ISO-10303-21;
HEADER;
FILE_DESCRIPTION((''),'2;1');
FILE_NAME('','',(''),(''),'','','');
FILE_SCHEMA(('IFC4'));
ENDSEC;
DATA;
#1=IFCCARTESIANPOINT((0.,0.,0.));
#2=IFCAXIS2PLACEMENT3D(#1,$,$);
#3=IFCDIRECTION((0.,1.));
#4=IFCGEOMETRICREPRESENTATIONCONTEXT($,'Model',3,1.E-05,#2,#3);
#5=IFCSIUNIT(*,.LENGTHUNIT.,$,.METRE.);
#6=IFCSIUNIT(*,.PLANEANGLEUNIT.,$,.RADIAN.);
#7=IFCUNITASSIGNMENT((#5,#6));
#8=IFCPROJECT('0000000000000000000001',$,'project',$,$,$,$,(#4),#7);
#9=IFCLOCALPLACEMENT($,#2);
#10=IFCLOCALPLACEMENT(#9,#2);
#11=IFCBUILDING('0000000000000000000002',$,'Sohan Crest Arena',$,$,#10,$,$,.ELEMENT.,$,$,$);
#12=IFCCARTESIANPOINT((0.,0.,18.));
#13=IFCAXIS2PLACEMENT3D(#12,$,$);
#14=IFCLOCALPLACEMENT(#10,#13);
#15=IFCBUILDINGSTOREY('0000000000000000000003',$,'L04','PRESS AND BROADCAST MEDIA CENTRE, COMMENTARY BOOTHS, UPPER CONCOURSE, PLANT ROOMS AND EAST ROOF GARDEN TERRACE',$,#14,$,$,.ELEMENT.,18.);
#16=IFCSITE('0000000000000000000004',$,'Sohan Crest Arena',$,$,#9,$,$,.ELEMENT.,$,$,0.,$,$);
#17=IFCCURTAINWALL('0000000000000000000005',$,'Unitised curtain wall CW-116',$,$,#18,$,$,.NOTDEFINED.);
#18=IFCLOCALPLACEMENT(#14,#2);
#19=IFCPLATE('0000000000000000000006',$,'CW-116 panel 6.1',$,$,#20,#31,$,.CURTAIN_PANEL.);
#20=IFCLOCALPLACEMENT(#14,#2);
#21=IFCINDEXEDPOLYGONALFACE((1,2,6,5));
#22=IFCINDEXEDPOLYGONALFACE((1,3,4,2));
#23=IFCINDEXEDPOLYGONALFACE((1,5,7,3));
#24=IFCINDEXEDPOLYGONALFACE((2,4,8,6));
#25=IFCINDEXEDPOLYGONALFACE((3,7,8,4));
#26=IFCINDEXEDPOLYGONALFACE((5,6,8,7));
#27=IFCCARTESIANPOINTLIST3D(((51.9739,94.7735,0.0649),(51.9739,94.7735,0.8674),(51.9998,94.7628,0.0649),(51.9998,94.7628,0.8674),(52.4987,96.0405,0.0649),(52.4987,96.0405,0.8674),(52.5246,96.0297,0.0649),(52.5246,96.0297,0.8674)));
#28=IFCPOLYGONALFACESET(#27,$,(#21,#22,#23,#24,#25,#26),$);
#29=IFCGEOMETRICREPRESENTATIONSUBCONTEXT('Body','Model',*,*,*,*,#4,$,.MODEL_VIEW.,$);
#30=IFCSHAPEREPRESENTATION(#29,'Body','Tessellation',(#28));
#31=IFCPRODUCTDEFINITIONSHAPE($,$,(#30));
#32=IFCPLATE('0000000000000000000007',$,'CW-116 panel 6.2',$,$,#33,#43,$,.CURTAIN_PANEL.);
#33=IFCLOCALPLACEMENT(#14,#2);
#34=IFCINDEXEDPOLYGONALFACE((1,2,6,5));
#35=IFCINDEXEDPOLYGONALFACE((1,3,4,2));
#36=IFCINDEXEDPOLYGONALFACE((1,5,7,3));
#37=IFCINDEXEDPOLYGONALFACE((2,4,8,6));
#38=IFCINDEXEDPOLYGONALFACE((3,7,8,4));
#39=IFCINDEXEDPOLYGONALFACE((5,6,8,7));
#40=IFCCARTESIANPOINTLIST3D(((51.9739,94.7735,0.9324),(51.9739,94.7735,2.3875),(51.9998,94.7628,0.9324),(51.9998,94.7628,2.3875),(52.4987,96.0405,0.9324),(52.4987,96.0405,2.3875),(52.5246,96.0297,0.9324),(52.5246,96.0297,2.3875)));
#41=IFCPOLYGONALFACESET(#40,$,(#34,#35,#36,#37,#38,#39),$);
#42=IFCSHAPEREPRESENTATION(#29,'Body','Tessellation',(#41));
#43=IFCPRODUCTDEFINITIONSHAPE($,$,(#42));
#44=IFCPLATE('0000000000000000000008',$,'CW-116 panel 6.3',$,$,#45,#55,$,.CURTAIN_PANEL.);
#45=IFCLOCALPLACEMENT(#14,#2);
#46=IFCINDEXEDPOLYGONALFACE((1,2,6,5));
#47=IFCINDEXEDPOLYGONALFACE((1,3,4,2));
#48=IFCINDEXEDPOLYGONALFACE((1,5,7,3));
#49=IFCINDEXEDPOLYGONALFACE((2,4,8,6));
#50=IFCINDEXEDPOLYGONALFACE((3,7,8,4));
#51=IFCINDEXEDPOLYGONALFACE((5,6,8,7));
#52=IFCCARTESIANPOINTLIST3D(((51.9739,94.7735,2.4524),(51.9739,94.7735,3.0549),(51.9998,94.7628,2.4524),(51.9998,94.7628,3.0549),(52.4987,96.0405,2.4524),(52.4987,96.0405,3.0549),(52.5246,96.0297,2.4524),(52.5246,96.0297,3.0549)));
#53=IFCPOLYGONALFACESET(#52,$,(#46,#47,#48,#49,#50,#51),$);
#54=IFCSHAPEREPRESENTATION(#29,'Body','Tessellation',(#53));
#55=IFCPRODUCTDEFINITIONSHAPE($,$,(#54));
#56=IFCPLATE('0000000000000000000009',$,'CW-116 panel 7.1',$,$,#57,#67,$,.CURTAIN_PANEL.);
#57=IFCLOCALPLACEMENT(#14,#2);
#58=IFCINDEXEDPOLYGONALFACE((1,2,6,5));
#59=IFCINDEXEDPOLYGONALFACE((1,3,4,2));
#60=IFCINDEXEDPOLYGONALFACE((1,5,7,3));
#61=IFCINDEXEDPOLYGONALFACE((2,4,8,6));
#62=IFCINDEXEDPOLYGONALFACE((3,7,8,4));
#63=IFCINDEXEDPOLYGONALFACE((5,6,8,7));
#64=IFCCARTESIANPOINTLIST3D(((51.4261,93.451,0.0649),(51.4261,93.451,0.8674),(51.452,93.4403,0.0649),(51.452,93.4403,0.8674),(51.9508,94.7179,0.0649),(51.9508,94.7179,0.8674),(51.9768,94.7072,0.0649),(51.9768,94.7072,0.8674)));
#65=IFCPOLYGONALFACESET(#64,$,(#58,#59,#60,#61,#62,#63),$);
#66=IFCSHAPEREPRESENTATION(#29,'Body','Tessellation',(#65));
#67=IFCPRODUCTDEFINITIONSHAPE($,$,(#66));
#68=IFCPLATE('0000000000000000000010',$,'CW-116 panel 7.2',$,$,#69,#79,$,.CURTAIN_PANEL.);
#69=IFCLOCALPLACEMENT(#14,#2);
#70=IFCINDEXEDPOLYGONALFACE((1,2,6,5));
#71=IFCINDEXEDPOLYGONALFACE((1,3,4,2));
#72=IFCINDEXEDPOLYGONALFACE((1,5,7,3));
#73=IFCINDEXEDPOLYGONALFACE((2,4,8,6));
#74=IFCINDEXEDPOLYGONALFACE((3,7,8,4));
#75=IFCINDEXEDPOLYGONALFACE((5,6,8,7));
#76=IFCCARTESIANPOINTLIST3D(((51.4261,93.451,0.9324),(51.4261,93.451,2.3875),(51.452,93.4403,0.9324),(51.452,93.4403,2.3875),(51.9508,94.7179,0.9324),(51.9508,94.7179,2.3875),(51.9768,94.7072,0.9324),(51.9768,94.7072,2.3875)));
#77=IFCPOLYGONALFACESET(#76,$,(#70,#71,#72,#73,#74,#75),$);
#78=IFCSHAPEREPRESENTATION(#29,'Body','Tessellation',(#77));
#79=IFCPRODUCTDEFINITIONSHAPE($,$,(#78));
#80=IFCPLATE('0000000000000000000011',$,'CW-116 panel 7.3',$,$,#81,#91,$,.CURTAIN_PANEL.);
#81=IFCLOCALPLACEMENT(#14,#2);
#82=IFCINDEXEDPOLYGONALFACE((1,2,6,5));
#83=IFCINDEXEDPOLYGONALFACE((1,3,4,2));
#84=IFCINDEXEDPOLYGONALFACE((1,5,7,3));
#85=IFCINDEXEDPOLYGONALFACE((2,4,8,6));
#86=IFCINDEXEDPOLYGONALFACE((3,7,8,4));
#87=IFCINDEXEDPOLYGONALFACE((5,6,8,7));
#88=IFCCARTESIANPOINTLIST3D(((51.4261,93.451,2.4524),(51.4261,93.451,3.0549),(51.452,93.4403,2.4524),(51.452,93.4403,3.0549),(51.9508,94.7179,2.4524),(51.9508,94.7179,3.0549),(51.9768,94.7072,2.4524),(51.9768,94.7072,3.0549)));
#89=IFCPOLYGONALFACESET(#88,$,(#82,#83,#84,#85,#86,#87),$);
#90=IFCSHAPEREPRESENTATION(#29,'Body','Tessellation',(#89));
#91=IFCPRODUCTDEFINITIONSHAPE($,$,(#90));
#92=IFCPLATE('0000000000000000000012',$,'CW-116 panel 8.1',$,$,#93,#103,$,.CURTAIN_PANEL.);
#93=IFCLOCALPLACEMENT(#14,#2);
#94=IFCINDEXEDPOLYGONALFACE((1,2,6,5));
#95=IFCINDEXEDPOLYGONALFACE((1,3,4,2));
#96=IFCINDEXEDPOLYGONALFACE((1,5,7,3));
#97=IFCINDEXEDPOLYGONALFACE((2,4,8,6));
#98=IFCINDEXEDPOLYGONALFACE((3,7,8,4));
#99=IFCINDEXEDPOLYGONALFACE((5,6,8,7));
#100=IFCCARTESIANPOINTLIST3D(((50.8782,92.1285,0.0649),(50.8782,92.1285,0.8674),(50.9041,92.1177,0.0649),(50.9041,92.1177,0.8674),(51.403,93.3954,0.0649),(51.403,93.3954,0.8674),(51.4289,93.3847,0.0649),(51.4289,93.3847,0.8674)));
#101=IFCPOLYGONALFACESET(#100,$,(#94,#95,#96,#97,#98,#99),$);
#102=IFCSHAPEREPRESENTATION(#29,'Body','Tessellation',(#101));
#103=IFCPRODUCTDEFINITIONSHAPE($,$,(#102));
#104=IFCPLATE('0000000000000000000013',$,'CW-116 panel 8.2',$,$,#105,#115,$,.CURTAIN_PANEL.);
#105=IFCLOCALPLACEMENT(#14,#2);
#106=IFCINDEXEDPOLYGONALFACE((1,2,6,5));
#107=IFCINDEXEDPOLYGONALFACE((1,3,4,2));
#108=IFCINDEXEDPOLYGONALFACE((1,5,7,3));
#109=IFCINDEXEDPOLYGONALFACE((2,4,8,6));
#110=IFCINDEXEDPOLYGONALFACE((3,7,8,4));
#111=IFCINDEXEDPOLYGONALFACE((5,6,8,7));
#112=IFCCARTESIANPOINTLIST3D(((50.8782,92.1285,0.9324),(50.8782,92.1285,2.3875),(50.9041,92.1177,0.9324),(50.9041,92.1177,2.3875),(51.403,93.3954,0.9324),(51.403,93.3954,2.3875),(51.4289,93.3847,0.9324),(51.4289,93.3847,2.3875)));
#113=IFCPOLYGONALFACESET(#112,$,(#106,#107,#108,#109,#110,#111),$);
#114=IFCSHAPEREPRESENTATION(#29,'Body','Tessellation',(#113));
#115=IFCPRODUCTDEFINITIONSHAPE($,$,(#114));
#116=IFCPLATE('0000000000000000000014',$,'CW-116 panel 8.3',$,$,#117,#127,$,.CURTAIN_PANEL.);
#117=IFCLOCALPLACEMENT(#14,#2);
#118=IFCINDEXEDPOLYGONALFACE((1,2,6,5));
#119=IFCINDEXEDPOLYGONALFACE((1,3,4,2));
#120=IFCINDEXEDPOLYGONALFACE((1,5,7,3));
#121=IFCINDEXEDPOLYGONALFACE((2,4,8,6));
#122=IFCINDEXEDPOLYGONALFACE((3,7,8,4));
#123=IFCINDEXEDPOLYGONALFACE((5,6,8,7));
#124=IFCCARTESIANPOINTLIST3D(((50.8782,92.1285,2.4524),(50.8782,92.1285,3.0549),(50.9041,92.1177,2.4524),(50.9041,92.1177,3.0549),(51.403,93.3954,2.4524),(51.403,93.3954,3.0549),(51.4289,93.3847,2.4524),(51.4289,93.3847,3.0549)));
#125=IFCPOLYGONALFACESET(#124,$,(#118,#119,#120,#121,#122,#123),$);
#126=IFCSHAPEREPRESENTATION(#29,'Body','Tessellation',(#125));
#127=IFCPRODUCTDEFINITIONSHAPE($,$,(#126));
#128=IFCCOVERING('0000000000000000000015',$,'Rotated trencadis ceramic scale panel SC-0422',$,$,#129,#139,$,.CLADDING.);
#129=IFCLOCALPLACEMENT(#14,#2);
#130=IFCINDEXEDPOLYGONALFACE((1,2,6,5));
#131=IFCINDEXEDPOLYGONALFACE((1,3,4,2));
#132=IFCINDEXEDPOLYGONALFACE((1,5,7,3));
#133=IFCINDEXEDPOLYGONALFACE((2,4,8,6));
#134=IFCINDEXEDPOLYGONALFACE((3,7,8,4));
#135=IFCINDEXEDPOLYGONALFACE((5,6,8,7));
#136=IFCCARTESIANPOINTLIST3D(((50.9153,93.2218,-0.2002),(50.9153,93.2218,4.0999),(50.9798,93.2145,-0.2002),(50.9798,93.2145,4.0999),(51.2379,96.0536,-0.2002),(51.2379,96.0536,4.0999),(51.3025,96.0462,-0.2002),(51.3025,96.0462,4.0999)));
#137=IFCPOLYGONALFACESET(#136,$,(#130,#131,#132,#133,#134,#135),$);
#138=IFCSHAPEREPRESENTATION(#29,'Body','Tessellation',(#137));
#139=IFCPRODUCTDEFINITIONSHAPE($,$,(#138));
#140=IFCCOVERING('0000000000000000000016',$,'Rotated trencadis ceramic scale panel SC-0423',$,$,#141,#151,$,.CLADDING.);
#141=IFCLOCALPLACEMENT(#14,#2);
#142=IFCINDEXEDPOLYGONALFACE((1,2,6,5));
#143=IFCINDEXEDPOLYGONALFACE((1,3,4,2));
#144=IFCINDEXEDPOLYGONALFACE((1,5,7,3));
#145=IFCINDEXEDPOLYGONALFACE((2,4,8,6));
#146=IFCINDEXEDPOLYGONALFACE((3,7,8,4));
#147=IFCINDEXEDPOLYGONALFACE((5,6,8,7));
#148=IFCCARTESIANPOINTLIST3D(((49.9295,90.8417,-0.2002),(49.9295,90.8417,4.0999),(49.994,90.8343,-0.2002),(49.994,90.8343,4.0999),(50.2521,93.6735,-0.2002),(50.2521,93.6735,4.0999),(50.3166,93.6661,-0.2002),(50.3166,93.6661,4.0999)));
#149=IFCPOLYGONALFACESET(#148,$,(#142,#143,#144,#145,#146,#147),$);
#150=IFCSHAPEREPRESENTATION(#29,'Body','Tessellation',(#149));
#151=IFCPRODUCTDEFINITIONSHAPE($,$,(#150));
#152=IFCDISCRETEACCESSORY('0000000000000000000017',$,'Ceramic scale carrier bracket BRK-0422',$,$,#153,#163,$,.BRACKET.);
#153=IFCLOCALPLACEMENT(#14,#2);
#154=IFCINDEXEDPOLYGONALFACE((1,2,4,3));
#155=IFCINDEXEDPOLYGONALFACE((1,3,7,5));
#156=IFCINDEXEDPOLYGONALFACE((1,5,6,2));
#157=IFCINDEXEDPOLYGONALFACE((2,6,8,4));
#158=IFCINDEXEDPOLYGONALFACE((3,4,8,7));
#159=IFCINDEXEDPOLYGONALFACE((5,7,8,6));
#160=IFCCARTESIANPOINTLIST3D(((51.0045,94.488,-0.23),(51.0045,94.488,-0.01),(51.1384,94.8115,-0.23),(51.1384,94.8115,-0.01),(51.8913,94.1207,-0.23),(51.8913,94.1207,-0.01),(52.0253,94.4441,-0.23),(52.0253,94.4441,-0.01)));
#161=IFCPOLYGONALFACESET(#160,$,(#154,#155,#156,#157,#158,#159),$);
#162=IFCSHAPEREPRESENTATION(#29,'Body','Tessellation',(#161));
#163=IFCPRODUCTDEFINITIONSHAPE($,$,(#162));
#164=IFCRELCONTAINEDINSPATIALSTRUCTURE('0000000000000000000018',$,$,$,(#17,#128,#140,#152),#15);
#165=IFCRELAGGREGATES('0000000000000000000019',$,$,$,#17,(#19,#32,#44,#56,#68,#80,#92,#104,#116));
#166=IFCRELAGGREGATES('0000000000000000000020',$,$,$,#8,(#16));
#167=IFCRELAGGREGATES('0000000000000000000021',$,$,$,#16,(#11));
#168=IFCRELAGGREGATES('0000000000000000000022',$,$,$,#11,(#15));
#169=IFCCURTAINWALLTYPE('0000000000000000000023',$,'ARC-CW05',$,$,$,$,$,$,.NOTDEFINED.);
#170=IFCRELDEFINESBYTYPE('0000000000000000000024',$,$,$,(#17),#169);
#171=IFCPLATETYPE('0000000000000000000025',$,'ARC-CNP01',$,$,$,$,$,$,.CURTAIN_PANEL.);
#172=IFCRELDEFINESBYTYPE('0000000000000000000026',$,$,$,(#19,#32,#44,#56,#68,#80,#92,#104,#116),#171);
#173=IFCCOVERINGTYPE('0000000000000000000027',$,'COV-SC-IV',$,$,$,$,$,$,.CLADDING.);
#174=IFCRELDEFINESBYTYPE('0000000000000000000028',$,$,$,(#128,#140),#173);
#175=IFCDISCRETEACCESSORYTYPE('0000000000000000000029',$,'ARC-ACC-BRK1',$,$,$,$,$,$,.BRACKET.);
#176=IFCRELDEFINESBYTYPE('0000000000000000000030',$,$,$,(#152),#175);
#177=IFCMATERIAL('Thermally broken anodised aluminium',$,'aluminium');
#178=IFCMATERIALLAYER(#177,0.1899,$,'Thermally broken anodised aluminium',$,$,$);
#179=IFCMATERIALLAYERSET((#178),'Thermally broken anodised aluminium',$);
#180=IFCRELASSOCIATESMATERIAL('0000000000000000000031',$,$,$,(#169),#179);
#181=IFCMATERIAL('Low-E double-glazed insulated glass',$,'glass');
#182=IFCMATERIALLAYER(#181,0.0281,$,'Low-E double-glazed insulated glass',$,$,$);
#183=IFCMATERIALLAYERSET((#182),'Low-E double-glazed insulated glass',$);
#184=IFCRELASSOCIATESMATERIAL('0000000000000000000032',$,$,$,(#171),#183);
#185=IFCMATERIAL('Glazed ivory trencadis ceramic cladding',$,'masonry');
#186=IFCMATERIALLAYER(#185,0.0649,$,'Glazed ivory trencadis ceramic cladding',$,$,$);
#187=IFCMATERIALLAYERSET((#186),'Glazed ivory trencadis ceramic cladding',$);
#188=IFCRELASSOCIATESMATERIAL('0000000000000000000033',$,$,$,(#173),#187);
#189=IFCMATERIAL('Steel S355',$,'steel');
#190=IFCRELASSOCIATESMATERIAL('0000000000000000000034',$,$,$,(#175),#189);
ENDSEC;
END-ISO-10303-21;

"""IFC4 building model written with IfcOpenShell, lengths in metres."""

from ifc_helpers import new_model, si_unit, direction, frame, origin, origin_2d, place, context, subcontext, project, spatial, rectangle, extrude, material, layer, layer_set, type_object, element, aggregate, save


model = new_model("IFC4")

# Units and contexts
model_context = context("Model", 3, precision=1e-05, world=origin(), true_north=direction((0.0, 1.0)))
body_context = subcontext(model_context, "Body", "Model", "MODEL_VIEW")
ifc_project = project(units=[si_unit("LENGTHUNIT", "METRE"), si_unit("PLANEANGLEUNIT", "RADIAN")], contexts=[model_context])

# Site, building, storey
site_placement = place(None, origin())
site = spatial("IfcSite", under=ifc_project, at=site_placement, Name="Sohan Crest Arena", CompositionType="ELEMENT", RefElevation=0.0)
building_placement = place(site_placement, origin())
building = spatial("IfcBuilding", under=site, at=building_placement, Name="Sohan Crest Arena", CompositionType="ELEMENT")
storey_placement = place(building_placement, frame((0.0, 0.0, 18.0)))
storey = spatial("IfcBuildingStorey", under=building, at=storey_placement, Name="L04", Description="PRESS AND BROADCAST MEDIA CENTRE, COMMENTARY BOOTHS, UPPER CONCOURSE, PLANT ROOMS AND EAST ROOF GARDEN TERRACE", CompositionType="ELEMENT", Elevation=18.0)

# Curtain wall, plates
ifc_material_1 = material(Name="Thermally broken anodised aluminium", Category="aluminium")
ifc_layer_1 = layer(ifc_material_1, 0.1899, Name="Thermally broken anodised aluminium")
ifc_layer_set_1 = layer_set([ifc_layer_1], Name="Thermally broken anodised aluminium")
curtain_wall_type = type_object("IfcCurtainWallType", Name="ARC-CW05", PredefinedType="NOTDEFINED", material=ifc_layer_set_1)
curtain_wall_placement = place(storey_placement, origin())
curtain_wall = element("IfcCurtainWall", 1, at=curtain_wall_placement, inside=storey, type_object=curtain_wall_type, Name="Unitised curtain wall CW-116", PredefinedType="NOTDEFINED")
ifc_material_2 = material(Name="Low-E double-glazed insulated glass", Category="glass")
ifc_layer_2 = layer(ifc_material_2, 0.0281, Name="Low-E double-glazed insulated glass")
ifc_layer_set_2 = layer_set([ifc_layer_2], Name="Low-E double-glazed insulated glass")
plate_type = type_object("IfcPlateType", Name="ARC-CNP01", PredefinedType="CURTAIN_PANEL", material=ifc_layer_set_2)
plate_1_placement = place(storey_placement, frame((52.2493, 95.4016, 0.0649), z_axis=(0.0, 0.0, 1.0), x_axis=(-0.382685, -0.923879, 0.0)))
plate_1 = element("IfcPlate", 2, at=plate_1_placement, type_object=plate_type, Name="CW-116 panel 6.1", PredefinedType="CURTAIN_PANEL", context=body_context, shape_type="SweptSolid", body=[
    extrude(rectangle(XDim=1.3713, YDim=0.0281, at=origin_2d()), origin(), (0.0, 0.0, 1.0), 0.8025),
])
plate_2_placement = place(storey_placement, frame((52.2493, 95.4016, 0.9324), z_axis=(0.0, 0.0, 1.0), x_axis=(-0.382685, -0.923879, 0.0)))
plate_2 = element("IfcPlate", 3, at=plate_2_placement, type_object=plate_type, Name="CW-116 panel 6.2", PredefinedType="CURTAIN_PANEL", context=body_context, shape_type="SweptSolid", body=[
    extrude(rectangle(XDim=1.3713, YDim=0.0281, at=origin_2d()), origin(), (0.0, 0.0, 1.0), 1.4551),
])
plate_3_placement = place(storey_placement, frame((52.2493, 95.4016, 2.4524), z_axis=(0.0, 0.0, 1.0), x_axis=(-0.382685, -0.923879, 0.0)))
plate_3 = element("IfcPlate", 4, at=plate_3_placement, type_object=plate_type, Name="CW-116 panel 6.3", PredefinedType="CURTAIN_PANEL", context=body_context, shape_type="SweptSolid", body=[
    extrude(rectangle(XDim=1.3713, YDim=0.0281, at=origin_2d()), origin(), (0.0, 0.0, 1.0), 0.6025),
])
plate_4_placement = place(storey_placement, frame((51.7014, 94.0791, 0.0649), z_axis=(0.0, 0.0, 1.0), x_axis=(-0.382685, -0.923879, 0.0)))
plate_4 = element("IfcPlate", 5, at=plate_4_placement, type_object=plate_type, Name="CW-116 panel 7.1", PredefinedType="CURTAIN_PANEL", context=body_context, shape_type="SweptSolid", body=[
    extrude(rectangle(XDim=1.3713, YDim=0.0281, at=origin_2d()), origin(), (0.0, 0.0, 1.0), 0.8025),
])
plate_5_placement = place(storey_placement, frame((51.7014, 94.0791, 0.9324), z_axis=(0.0, 0.0, 1.0), x_axis=(-0.382685, -0.923879, 0.0)))
plate_5 = element("IfcPlate", 6, at=plate_5_placement, type_object=plate_type, Name="CW-116 panel 7.2", PredefinedType="CURTAIN_PANEL", context=body_context, shape_type="SweptSolid", body=[
    extrude(rectangle(XDim=1.3713, YDim=0.0281, at=origin_2d()), origin(), (0.0, 0.0, 1.0), 1.4551),
])
plate_6_placement = place(storey_placement, frame((51.7014, 94.0791, 2.4524), z_axis=(0.0, 0.0, 1.0), x_axis=(-0.382685, -0.923879, 0.0)))
plate_6 = element("IfcPlate", 7, at=plate_6_placement, type_object=plate_type, Name="CW-116 panel 7.3", PredefinedType="CURTAIN_PANEL", context=body_context, shape_type="SweptSolid", body=[
    extrude(rectangle(XDim=1.3713, YDim=0.0281, at=origin_2d()), origin(), (0.0, 0.0, 1.0), 0.6025),
])
plate_7_placement = place(storey_placement, frame((51.1536, 92.7566, 0.0649), z_axis=(0.0, 0.0, 1.0), x_axis=(-0.382685, -0.923879, 0.0)))
plate_7 = element("IfcPlate", 8, at=plate_7_placement, type_object=plate_type, Name="CW-116 panel 8.1", PredefinedType="CURTAIN_PANEL", context=body_context, shape_type="SweptSolid", body=[
    extrude(rectangle(XDim=1.3713, YDim=0.0281, at=origin_2d()), origin(), (0.0, 0.0, 1.0), 0.8025),
])
plate_8_placement = place(storey_placement, frame((51.1536, 92.7566, 0.9324), z_axis=(0.0, 0.0, 1.0), x_axis=(-0.382685, -0.923879, 0.0)))
plate_8 = element("IfcPlate", 9, at=plate_8_placement, type_object=plate_type, Name="CW-116 panel 8.2", PredefinedType="CURTAIN_PANEL", context=body_context, shape_type="SweptSolid", body=[
    extrude(rectangle(XDim=1.3713, YDim=0.0281, at=origin_2d()), origin(), (0.0, 0.0, 1.0), 1.4551),
])
plate_9_placement = place(storey_placement, frame((51.1536, 92.7566, 2.4524), z_axis=(0.0, 0.0, 1.0), x_axis=(-0.382685, -0.923879, 0.0)))
plate_9 = element("IfcPlate", 10, at=plate_9_placement, type_object=plate_type, Name="CW-116 panel 8.3", PredefinedType="CURTAIN_PANEL", context=body_context, shape_type="SweptSolid", body=[
    extrude(rectangle(XDim=1.3713, YDim=0.0281, at=origin_2d()), origin(), (0.0, 0.0, 1.0), 0.6025),
])
aggregate(curtain_wall, [plate_1, plate_2, plate_3, plate_4, plate_5, plate_6, plate_7, plate_8, plate_9])

# Coverings
ifc_material_3 = material(Name="Glazed ivory trencadis ceramic cladding", Category="masonry")
ifc_layer_3 = layer(ifc_material_3, 0.0649, Name="Glazed ivory trencadis ceramic cladding")
ifc_layer_set_3 = layer_set([ifc_layer_3], Name="Glazed ivory trencadis ceramic cladding")
covering_type = type_object("IfcCoveringType", Name="COV-SC-IV", PredefinedType="CLADDING", material=ifc_layer_set_3)
for number, where, z_axis, x_axis, name in (
    (11, (51.1089, 94.634, -0.2002), (0.0, 0.0, 1.0), (-0.113203, -0.993572, 0.0), "Rotated trencadis ceramic scale panel SC-0422"),
    (12, (50.123, 92.2539, -0.2002), (0.0, 0.0, 1.0), (-0.113203, -0.993572, 0.0), "Rotated trencadis ceramic scale panel SC-0423"),
):
    element("IfcCovering", number, at=place(storey_placement, frame(where, z_axis=z_axis, x_axis=x_axis)), inside=storey, type_object=covering_type, Name=name, PredefinedType="CLADDING", context=body_context, shape_type="SweptSolid", body=[
        extrude(rectangle(XDim=2.8501, YDim=0.0649, at=origin_2d()), origin(), (0.0, 0.0, 1.0), 4.3),
    ])

# Discrete accessory
ifc_material_4 = material(Name="Steel S355", Category="steel")
discrete_accessory_type = type_object("IfcDiscreteAccessoryType", Name="ARC-ACC-BRK1", PredefinedType="BRACKET", material=ifc_material_4)
discrete_accessory_placement = place(storey_placement, frame((51.5149, 94.4661, -0.23), z_axis=(0.0, 0.0, 1.0), x_axis=(-0.382683, -0.92388, 0.0)))
element("IfcDiscreteAccessory", 13, at=discrete_accessory_placement, inside=storey, type_object=discrete_accessory_type, Name="Ceramic scale carrier bracket BRK-0422", PredefinedType="BRACKET", context=body_context, shape_type="SweptSolid", body=[
    extrude(rectangle(XDim=0.3501, YDim=0.96, at=origin_2d()), origin(), (0.0, 0.0, 1.0), 0.22),
])

save(model, "model.ifc")
